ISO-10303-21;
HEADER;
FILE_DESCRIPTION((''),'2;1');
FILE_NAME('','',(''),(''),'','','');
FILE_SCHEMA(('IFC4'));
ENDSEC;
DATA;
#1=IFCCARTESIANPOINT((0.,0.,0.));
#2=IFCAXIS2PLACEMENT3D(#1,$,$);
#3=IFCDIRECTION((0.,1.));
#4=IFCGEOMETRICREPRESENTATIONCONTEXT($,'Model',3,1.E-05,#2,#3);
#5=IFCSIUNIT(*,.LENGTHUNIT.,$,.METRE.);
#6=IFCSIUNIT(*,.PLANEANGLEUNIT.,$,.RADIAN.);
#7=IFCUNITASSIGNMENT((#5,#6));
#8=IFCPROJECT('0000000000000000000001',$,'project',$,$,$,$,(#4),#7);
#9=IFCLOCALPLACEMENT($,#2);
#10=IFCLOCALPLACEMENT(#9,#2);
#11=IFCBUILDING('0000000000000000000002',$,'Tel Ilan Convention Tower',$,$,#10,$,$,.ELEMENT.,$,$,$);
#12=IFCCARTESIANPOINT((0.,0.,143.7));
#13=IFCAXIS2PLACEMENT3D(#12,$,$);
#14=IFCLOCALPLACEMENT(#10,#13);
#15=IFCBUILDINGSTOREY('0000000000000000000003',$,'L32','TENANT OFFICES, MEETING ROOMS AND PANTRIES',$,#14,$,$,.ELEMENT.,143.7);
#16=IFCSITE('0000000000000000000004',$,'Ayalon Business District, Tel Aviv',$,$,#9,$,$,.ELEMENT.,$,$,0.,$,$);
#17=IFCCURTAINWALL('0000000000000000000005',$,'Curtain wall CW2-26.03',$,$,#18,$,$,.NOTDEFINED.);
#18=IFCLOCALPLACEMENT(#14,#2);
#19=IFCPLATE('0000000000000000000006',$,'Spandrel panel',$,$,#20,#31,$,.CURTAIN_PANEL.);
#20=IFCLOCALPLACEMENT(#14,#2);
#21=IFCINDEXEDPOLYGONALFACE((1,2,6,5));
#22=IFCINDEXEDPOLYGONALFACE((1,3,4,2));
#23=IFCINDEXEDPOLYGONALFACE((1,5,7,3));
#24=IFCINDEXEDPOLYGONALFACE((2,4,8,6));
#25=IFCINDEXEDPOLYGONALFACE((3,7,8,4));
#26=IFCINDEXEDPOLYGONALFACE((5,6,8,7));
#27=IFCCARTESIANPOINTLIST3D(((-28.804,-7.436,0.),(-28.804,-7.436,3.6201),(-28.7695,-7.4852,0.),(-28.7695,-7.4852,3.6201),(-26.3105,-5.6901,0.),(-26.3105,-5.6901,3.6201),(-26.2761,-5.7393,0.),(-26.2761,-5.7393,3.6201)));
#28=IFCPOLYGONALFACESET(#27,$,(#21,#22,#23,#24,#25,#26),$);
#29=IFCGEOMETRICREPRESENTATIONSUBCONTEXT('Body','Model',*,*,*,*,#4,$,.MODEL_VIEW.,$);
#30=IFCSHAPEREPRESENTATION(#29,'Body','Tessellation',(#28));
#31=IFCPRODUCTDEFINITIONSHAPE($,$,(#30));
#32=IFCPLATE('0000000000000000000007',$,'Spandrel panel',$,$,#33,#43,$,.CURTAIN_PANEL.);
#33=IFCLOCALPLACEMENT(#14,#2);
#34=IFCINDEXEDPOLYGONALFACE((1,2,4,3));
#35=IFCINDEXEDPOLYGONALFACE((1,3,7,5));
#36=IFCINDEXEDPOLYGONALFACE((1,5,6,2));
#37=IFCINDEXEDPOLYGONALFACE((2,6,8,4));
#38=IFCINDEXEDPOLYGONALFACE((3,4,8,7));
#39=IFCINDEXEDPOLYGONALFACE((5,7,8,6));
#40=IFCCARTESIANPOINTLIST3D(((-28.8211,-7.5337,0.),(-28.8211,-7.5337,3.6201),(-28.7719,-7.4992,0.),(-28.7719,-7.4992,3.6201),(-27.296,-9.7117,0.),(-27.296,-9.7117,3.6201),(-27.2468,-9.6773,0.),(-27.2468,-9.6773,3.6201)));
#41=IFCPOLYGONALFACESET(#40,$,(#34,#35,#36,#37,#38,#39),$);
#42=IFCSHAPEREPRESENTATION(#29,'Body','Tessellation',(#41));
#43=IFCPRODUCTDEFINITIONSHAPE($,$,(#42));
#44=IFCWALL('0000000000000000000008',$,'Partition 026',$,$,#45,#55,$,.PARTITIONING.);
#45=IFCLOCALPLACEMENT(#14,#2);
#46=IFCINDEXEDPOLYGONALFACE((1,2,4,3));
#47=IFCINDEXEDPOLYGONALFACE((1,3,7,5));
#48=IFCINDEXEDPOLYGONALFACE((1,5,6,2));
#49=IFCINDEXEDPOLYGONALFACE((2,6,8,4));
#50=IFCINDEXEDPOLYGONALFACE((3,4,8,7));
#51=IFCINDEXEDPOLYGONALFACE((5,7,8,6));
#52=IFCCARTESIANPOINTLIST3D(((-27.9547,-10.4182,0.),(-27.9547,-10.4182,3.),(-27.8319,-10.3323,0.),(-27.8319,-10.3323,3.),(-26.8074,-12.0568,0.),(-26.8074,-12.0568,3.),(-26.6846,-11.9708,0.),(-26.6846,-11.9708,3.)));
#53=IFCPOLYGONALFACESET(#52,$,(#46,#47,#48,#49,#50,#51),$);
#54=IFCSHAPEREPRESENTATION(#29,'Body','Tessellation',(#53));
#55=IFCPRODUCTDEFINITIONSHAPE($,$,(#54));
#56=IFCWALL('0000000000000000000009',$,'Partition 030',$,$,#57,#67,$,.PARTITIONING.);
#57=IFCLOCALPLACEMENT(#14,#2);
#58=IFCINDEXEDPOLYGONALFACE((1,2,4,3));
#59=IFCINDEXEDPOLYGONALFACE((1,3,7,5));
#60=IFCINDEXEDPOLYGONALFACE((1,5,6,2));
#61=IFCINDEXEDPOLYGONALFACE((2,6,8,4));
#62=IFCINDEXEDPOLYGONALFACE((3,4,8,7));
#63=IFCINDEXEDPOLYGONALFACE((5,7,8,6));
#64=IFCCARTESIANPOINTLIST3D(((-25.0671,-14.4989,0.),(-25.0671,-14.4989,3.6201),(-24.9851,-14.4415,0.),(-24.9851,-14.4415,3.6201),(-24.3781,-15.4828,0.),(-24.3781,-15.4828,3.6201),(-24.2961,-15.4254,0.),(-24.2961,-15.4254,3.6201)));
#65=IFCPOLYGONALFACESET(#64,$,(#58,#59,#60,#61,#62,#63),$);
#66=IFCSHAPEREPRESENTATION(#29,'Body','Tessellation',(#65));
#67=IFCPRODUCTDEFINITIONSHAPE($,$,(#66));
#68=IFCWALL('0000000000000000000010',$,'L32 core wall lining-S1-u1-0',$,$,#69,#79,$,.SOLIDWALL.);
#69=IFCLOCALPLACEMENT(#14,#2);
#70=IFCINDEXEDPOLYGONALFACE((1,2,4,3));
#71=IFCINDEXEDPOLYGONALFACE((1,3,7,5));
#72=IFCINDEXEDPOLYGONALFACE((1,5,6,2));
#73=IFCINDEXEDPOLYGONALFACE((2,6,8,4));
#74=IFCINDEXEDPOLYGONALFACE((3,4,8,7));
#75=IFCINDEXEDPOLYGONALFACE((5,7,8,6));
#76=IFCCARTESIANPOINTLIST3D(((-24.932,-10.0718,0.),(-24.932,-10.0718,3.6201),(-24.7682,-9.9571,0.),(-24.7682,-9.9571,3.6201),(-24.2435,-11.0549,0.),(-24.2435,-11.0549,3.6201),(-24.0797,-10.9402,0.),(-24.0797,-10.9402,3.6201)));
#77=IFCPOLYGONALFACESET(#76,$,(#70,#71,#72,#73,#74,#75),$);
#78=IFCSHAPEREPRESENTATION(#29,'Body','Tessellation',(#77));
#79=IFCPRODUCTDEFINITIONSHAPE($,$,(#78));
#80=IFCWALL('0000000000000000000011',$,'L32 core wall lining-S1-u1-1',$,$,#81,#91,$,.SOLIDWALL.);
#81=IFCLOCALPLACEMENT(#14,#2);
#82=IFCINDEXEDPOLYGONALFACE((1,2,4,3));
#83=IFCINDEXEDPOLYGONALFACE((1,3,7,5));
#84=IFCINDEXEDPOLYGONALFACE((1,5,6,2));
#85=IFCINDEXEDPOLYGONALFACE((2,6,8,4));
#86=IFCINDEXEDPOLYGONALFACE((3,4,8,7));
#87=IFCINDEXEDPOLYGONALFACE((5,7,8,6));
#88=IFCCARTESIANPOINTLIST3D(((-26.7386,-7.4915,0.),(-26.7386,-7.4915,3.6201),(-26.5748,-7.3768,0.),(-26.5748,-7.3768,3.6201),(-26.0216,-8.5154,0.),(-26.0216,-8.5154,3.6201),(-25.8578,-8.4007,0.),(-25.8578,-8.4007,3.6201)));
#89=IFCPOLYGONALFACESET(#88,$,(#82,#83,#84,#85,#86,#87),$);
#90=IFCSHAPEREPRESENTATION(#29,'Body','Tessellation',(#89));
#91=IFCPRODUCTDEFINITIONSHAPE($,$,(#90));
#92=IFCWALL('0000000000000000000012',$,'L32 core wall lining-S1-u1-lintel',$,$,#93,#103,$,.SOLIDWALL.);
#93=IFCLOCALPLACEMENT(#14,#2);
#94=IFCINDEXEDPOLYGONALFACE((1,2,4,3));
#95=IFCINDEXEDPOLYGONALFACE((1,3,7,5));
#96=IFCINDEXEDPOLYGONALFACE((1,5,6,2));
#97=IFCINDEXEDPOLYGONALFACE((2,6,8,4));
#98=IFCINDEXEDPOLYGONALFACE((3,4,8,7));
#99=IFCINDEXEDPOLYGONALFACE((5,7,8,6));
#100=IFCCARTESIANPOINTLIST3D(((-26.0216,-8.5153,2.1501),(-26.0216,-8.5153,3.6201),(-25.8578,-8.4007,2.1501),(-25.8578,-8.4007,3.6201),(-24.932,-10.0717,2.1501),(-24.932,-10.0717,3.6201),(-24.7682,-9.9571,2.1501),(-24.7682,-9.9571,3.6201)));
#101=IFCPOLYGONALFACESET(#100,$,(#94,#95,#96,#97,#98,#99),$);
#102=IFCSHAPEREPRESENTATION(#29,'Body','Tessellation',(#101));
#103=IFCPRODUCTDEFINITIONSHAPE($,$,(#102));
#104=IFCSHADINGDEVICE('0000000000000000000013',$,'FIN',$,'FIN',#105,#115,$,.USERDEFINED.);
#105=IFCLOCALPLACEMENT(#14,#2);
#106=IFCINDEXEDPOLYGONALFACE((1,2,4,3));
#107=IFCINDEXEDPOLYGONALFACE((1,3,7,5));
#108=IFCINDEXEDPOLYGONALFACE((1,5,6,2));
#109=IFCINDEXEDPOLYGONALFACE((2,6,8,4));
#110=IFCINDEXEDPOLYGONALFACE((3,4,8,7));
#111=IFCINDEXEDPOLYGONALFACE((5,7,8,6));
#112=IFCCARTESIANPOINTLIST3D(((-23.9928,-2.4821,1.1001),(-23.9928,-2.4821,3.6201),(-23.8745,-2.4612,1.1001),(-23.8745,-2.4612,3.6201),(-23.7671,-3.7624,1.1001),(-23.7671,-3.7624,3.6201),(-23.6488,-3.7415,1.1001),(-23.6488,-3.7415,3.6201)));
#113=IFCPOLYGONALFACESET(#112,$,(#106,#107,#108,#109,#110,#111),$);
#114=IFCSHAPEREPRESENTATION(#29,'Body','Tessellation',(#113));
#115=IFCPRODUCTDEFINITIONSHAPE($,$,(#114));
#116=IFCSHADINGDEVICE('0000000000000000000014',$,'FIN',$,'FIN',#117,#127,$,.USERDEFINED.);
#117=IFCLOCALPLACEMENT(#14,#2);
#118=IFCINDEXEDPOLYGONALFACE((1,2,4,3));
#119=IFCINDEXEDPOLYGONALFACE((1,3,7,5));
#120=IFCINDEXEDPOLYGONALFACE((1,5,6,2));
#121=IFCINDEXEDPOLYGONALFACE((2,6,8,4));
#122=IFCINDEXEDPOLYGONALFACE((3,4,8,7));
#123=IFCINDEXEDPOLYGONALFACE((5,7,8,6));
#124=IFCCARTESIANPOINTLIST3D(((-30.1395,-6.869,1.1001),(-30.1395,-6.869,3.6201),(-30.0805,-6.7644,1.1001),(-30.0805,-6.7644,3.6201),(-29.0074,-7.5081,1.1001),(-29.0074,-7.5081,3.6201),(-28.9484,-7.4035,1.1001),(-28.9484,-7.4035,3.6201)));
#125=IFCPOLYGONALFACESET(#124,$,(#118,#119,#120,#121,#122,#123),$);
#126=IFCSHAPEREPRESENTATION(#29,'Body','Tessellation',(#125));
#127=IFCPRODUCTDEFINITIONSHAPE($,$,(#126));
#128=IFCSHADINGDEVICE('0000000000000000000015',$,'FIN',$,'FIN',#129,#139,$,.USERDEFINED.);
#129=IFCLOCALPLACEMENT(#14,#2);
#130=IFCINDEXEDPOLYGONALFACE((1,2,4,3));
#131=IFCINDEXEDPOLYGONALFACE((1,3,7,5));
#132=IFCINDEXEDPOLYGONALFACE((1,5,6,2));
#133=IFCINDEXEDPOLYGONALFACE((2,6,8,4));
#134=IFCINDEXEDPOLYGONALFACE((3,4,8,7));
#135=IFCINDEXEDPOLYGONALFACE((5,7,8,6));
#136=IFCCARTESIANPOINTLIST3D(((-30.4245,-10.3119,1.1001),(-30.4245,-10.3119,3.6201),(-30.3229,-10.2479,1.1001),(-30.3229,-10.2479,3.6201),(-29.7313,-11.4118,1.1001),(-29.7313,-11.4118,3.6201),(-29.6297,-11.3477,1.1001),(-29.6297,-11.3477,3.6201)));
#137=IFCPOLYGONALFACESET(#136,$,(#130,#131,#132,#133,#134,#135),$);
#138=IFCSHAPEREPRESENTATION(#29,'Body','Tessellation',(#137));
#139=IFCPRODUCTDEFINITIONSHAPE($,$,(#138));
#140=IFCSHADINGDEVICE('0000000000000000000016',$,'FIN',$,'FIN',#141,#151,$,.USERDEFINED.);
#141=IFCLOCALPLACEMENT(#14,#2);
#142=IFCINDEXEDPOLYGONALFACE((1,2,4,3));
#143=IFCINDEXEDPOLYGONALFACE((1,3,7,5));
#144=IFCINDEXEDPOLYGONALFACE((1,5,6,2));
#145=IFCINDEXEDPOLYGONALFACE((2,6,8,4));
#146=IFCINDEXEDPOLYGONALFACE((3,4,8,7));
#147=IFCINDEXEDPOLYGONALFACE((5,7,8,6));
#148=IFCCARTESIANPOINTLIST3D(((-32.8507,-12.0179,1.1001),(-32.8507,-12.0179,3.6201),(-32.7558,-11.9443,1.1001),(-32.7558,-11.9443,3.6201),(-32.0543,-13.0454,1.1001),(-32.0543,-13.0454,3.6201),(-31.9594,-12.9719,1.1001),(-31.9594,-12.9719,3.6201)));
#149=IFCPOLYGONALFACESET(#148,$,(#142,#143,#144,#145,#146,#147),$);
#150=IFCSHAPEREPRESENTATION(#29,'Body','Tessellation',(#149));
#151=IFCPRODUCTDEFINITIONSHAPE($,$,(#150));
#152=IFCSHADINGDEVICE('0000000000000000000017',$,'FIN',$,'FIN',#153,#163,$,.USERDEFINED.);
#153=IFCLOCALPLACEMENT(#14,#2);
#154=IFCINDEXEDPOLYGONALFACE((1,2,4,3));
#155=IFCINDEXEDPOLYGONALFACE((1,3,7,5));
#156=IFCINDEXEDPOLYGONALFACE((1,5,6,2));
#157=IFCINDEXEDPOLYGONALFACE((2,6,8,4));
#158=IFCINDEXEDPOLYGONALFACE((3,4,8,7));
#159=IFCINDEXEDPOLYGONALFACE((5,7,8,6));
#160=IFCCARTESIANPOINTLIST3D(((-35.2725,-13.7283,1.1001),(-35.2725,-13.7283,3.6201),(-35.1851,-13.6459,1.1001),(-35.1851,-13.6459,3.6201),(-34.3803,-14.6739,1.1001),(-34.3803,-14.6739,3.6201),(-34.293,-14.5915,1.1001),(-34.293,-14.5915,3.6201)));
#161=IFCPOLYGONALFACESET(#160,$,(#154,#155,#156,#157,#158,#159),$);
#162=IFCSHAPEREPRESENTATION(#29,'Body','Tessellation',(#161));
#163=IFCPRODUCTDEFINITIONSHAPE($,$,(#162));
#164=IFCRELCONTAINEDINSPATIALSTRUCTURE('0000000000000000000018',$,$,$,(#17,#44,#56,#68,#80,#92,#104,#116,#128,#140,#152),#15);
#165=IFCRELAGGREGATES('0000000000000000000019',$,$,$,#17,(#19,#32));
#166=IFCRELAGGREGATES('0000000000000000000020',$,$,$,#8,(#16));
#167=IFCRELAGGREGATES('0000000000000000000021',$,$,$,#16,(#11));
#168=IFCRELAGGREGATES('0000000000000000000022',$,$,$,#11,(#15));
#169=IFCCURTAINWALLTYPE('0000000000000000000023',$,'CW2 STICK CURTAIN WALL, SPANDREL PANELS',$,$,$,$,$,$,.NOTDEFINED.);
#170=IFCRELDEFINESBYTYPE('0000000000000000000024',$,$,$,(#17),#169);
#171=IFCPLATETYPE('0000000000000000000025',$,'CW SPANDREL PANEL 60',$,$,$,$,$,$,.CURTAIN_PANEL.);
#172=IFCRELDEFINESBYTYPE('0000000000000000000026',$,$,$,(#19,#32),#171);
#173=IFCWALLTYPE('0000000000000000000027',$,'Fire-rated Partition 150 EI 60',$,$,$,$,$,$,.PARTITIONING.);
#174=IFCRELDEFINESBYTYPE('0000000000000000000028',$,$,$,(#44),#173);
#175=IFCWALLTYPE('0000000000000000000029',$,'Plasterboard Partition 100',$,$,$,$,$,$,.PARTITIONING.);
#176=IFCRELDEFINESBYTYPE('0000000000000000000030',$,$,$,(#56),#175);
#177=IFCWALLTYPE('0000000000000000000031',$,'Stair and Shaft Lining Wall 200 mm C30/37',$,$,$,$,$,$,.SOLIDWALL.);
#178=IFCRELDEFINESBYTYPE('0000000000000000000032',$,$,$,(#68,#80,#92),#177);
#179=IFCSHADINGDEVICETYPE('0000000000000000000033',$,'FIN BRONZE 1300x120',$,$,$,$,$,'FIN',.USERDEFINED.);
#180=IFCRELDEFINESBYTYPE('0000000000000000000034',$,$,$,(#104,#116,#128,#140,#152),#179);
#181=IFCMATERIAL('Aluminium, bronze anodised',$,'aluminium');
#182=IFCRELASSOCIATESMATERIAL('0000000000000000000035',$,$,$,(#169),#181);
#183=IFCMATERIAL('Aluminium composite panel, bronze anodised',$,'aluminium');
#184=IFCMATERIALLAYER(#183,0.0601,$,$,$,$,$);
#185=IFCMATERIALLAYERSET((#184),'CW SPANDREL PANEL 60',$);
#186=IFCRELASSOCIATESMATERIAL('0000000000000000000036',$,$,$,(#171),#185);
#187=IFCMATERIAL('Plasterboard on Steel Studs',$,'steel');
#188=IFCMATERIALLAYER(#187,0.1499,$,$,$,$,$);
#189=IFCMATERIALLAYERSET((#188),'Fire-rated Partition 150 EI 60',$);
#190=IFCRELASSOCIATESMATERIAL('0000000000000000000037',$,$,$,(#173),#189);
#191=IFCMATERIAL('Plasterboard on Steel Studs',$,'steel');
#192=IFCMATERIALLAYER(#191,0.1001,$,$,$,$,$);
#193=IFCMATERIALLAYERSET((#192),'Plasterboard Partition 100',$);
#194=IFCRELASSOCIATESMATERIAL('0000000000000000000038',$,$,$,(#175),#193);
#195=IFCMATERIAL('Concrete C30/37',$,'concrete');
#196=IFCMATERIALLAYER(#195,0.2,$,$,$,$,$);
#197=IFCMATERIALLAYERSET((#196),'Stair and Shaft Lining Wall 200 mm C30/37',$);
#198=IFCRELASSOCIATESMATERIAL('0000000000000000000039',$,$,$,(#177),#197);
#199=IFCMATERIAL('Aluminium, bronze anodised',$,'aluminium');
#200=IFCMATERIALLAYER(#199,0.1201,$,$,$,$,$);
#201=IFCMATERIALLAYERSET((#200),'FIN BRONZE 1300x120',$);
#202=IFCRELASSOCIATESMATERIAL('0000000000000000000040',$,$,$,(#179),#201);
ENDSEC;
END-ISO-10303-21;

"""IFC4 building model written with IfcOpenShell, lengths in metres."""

from ifc_helpers import new_model, si_unit, direction, frame, frame_2d, origin, origin_2d, place, context, subcontext, project, spatial, rectangle, extrude, material, layer, layer_set, type_object, element, aggregate, save


model = new_model("IFC4")

# Units and contexts
model_context = context("Model", 3, precision=1e-05, world=origin(), true_north=direction((0.0, 1.0)))
body_context = subcontext(model_context, "Body", "Model", "MODEL_VIEW")
ifc_project = project(units=[si_unit("LENGTHUNIT", "METRE"), si_unit("PLANEANGLEUNIT", "RADIAN")], contexts=[model_context])

# Site, building, storey
site_placement = place(None, origin())
site = spatial("IfcSite", under=ifc_project, at=site_placement, Name="Ayalon Business District, Tel Aviv", CompositionType="ELEMENT", RefElevation=0.0)
building_placement = place(site_placement, origin())
building = spatial("IfcBuilding", under=site, at=building_placement, Name="Tel Ilan Convention Tower", CompositionType="ELEMENT")
storey_placement = place(building_placement, frame((0.0, 0.0, 143.7)))
storey = spatial("IfcBuildingStorey", under=building, at=storey_placement, Name="L32", Description="TENANT OFFICES, MEETING ROOMS AND PANTRIES", CompositionType="ELEMENT", Elevation=143.7)

# Curtain wall
ifc_material_1 = material(Name="Aluminium, bronze anodised", Category="aluminium")
curtain_wall_type_1 = type_object("IfcCurtainWallType", Name="CW2 STICK CURTAIN WALL, SPANDREL PANELS", PredefinedType="NOTDEFINED", material=ifc_material_1)
curtain_wall_1_placement = place(storey_placement, origin())
curtain_wall_1 = element("IfcCurtainWall", 1, at=curtain_wall_1_placement, inside=storey, type_object=curtain_wall_type_1, Name="Curtain wall CW2-26.03", PredefinedType="NOTDEFINED")

# Plates
ifc_material_2 = material(Name="Aluminium composite panel, bronze anodised", Category="aluminium")
ifc_layer_1 = layer(ifc_material_2, 0.0601)
ifc_layer_set_1 = layer_set([ifc_layer_1], Name="CW SPANDREL PANEL 60")
plate_type_1 = type_object("IfcPlateType", Name="CW SPANDREL PANEL 60", PredefinedType="CURTAIN_PANEL", material=ifc_layer_set_1)
plate_1_placement = place(storey_placement, frame((-27.54, -6.5876, 0.0), z_axis=(0.0, 0.0, 1.0), x_axis=(-0.819152, -0.573576, 0.0)))
plate_1 = element("IfcPlate", 2, at=plate_1_placement, type_object=plate_type_1, Name="Spandrel panel", PredefinedType="CURTAIN_PANEL", context=body_context, shape_type="SweptSolid", body=[
    extrude(rectangle(XDim=3.0439, YDim=0.0601, at=origin_2d()), origin(), (0.0, 0.0, 1.0), 3.6201),
])
plate_2_placement = place(storey_placement, frame((-28.0339, -8.6055, 0.0), z_axis=(0.0, 0.0, 1.0), x_axis=(0.573576, -0.819152, 0.0)))
plate_2 = element("IfcPlate", 3, at=plate_2_placement, type_object=plate_type_1, Name="Spandrel panel", PredefinedType="CURTAIN_PANEL", context=body_context, shape_type="SweptSolid", body=[
    extrude(rectangle(XDim=2.6589, YDim=0.0601, at=origin_2d()), origin(), (0.0, 0.0, 1.0), 3.6201),
])
aggregate(curtain_wall_1, [plate_1, plate_2])

# Walls
ifc_material_3 = material(Name="Plasterboard on Steel Studs", Category="steel")
ifc_layer_2 = layer(ifc_material_3, 0.1499)
ifc_layer_set_2 = layer_set([ifc_layer_2], Name="Fire-rated Partition 150 EI 60")
wall_type_1 = type_object("IfcWallType", Name="Fire-rated Partition 150 EI 60", PredefinedType="PARTITIONING", material=ifc_layer_set_2)
wall_1_placement = place(storey_placement, frame((-26.7461, -12.0137, 0.0), z_axis=(0.0, 0.0, 1.0), x_axis=(-0.573569, 0.819157, 0.0)))
element("IfcWall", 4, at=wall_1_placement, inside=storey, type_object=wall_type_1, Name="Partition 026", PredefinedType="PARTITIONING", context=body_context, shape_type="SweptSolid", body=[
    extrude(rectangle(XDim=2.0002, YDim=0.1499, at=frame_2d((1.0, 0.0))), origin(), (0.0, 0.0, 1.0), 3.0),
])
ifc_material_4 = material(Name="Plasterboard on Steel Studs", Category="steel")
ifc_layer_3 = layer(ifc_material_4, 0.1001)
ifc_layer_set_3 = layer_set([ifc_layer_3], Name="Plasterboard Partition 100")
wall_type_2 = type_object("IfcWallType", Name="Plasterboard Partition 100", PredefinedType="PARTITIONING", material=ifc_layer_set_3)
wall_2_placement = place(storey_placement, frame((-25.0261, -14.4702, 0.0), z_axis=(0.0, 0.0, 1.0), x_axis=(0.573599, -0.819136, 0.0)))
element("IfcWall", 5, at=wall_2_placement, inside=storey, type_object=wall_type_2, Name="Partition 030", PredefinedType="PARTITIONING", context=body_context, shape_type="SweptSolid", body=[
    extrude(rectangle(XDim=1.2012, YDim=0.1001, at=frame_2d((0.6006, 0.0))), origin(), (0.0, 0.0, 1.0), 3.6201),
])
ifc_material_5 = material(Name="Concrete C30/37", Category="concrete")
ifc_layer_4 = layer(ifc_material_5, 0.2)
ifc_layer_set_4 = layer_set([ifc_layer_4], Name="Stair and Shaft Lining Wall 200 mm C30/37")
wall_type_3 = type_object("IfcWallType", Name="Stair and Shaft Lining Wall 200 mm C30/37", PredefinedType="SOLIDWALL", material=ifc_layer_set_4)
wall_3_placement = place(storey_placement, frame((-24.1616, -10.9976, 0.0), z_axis=(0.0, 0.0, 1.0), x_axis=(-0.573613, 0.819127, 0.0)))
element("IfcWall", 6, at=wall_3_placement, inside=storey, type_object=wall_type_3, Name="L32 core wall lining-S1-u1-0", PredefinedType="SOLIDWALL", context=body_context, shape_type="SweptSolid", body=[
    extrude(rectangle(XDim=1.2002, YDim=0.2, at=frame_2d((0.6001, 0.0))), origin(), (0.0, 0.0, 1.0), 3.6201),
])
wall_4_placement = place(storey_placement, frame((-25.9397, -8.458, 0.0), z_axis=(0.0, 0.0, 1.0), x_axis=(-0.57362, 0.819122, 0.0)))
element("IfcWall", 7, at=wall_4_placement, inside=storey, type_object=wall_type_3, Name="L32 core wall lining-S1-u1-1", PredefinedType="SOLIDWALL", context=body_context, shape_type="SweptSolid", body=[
    extrude(rectangle(XDim=1.25, YDim=0.2, at=frame_2d((0.625, 0.0))), origin(), (0.0, 0.0, 1.0), 3.6201),
])
wall_5_placement = place(storey_placement, frame((-24.8501, -10.0144, 2.1501), z_axis=(0.0, 0.0, 1.0), x_axis=(-0.573505, 0.819202, 0.0)))
element("IfcWall", 8, at=wall_5_placement, inside=storey, type_object=wall_type_3, Name="L32 core wall lining-S1-u1-lintel", PredefinedType="SOLIDWALL", context=body_context, shape_type="SweptSolid", body=[
    extrude(rectangle(XDim=1.8999, YDim=0.2, at=frame_2d((0.95, 0.0))), origin(), (0.0, 0.0, 1.0), 1.47),
])

# Shading devices
ifc_material_6 = material(Name="Aluminium, bronze anodised", Category="aluminium")
ifc_layer_5 = layer(ifc_material_6, 0.1201)
ifc_layer_set_5 = layer_set([ifc_layer_5], Name="FIN BRONZE 1300x120")
shading_device_type = type_object("IfcShadingDeviceType", Name="FIN BRONZE 1300x120", ElementType="FIN", PredefinedType="USERDEFINED", material=ifc_layer_set_5)
for number, where, z_axis, x_axis, name in (
    (9, (-23.8208, -3.1118, 1.1001), (0.0, 0.0, 1.0), (-0.173648, 0.984808, 0.0), "FIN"),
    (10, (-29.5439, -7.1362, 1.1001), (0.0, 0.0, 1.0), (-0.870833, 0.491579, 0.0), "FIN"),
    (11, (-30.0271, -10.8298, 1.1001), (0.0, 0.0, 1.0), (-0.533204, 0.845986, 0.0), "FIN"),
    (12, (-32.405, -12.4949, 1.1001), (0.0, 0.0, 1.0), (-0.612601, 0.790393, 0.0), "FIN"),
    (13, (-34.7827, -14.1599, 1.1001), (0.0, 0.0, 1.0), (-0.686242, 0.727374, 0.0), "FIN"),
):
    element("IfcShadingDevice", number, at=place(storey_placement, frame(where, z_axis=z_axis, x_axis=x_axis)), inside=storey, type_object=shading_device_type, Name=name, ObjectType="FIN", PredefinedType="USERDEFINED", context=body_context, shape_type="SweptSolid", body=[
        extrude(rectangle(XDim=1.3, YDim=0.1201, at=origin_2d()), origin(), (0.0, 0.0, 1.0), 2.52),
    ])

save(model, "model.ifc")
